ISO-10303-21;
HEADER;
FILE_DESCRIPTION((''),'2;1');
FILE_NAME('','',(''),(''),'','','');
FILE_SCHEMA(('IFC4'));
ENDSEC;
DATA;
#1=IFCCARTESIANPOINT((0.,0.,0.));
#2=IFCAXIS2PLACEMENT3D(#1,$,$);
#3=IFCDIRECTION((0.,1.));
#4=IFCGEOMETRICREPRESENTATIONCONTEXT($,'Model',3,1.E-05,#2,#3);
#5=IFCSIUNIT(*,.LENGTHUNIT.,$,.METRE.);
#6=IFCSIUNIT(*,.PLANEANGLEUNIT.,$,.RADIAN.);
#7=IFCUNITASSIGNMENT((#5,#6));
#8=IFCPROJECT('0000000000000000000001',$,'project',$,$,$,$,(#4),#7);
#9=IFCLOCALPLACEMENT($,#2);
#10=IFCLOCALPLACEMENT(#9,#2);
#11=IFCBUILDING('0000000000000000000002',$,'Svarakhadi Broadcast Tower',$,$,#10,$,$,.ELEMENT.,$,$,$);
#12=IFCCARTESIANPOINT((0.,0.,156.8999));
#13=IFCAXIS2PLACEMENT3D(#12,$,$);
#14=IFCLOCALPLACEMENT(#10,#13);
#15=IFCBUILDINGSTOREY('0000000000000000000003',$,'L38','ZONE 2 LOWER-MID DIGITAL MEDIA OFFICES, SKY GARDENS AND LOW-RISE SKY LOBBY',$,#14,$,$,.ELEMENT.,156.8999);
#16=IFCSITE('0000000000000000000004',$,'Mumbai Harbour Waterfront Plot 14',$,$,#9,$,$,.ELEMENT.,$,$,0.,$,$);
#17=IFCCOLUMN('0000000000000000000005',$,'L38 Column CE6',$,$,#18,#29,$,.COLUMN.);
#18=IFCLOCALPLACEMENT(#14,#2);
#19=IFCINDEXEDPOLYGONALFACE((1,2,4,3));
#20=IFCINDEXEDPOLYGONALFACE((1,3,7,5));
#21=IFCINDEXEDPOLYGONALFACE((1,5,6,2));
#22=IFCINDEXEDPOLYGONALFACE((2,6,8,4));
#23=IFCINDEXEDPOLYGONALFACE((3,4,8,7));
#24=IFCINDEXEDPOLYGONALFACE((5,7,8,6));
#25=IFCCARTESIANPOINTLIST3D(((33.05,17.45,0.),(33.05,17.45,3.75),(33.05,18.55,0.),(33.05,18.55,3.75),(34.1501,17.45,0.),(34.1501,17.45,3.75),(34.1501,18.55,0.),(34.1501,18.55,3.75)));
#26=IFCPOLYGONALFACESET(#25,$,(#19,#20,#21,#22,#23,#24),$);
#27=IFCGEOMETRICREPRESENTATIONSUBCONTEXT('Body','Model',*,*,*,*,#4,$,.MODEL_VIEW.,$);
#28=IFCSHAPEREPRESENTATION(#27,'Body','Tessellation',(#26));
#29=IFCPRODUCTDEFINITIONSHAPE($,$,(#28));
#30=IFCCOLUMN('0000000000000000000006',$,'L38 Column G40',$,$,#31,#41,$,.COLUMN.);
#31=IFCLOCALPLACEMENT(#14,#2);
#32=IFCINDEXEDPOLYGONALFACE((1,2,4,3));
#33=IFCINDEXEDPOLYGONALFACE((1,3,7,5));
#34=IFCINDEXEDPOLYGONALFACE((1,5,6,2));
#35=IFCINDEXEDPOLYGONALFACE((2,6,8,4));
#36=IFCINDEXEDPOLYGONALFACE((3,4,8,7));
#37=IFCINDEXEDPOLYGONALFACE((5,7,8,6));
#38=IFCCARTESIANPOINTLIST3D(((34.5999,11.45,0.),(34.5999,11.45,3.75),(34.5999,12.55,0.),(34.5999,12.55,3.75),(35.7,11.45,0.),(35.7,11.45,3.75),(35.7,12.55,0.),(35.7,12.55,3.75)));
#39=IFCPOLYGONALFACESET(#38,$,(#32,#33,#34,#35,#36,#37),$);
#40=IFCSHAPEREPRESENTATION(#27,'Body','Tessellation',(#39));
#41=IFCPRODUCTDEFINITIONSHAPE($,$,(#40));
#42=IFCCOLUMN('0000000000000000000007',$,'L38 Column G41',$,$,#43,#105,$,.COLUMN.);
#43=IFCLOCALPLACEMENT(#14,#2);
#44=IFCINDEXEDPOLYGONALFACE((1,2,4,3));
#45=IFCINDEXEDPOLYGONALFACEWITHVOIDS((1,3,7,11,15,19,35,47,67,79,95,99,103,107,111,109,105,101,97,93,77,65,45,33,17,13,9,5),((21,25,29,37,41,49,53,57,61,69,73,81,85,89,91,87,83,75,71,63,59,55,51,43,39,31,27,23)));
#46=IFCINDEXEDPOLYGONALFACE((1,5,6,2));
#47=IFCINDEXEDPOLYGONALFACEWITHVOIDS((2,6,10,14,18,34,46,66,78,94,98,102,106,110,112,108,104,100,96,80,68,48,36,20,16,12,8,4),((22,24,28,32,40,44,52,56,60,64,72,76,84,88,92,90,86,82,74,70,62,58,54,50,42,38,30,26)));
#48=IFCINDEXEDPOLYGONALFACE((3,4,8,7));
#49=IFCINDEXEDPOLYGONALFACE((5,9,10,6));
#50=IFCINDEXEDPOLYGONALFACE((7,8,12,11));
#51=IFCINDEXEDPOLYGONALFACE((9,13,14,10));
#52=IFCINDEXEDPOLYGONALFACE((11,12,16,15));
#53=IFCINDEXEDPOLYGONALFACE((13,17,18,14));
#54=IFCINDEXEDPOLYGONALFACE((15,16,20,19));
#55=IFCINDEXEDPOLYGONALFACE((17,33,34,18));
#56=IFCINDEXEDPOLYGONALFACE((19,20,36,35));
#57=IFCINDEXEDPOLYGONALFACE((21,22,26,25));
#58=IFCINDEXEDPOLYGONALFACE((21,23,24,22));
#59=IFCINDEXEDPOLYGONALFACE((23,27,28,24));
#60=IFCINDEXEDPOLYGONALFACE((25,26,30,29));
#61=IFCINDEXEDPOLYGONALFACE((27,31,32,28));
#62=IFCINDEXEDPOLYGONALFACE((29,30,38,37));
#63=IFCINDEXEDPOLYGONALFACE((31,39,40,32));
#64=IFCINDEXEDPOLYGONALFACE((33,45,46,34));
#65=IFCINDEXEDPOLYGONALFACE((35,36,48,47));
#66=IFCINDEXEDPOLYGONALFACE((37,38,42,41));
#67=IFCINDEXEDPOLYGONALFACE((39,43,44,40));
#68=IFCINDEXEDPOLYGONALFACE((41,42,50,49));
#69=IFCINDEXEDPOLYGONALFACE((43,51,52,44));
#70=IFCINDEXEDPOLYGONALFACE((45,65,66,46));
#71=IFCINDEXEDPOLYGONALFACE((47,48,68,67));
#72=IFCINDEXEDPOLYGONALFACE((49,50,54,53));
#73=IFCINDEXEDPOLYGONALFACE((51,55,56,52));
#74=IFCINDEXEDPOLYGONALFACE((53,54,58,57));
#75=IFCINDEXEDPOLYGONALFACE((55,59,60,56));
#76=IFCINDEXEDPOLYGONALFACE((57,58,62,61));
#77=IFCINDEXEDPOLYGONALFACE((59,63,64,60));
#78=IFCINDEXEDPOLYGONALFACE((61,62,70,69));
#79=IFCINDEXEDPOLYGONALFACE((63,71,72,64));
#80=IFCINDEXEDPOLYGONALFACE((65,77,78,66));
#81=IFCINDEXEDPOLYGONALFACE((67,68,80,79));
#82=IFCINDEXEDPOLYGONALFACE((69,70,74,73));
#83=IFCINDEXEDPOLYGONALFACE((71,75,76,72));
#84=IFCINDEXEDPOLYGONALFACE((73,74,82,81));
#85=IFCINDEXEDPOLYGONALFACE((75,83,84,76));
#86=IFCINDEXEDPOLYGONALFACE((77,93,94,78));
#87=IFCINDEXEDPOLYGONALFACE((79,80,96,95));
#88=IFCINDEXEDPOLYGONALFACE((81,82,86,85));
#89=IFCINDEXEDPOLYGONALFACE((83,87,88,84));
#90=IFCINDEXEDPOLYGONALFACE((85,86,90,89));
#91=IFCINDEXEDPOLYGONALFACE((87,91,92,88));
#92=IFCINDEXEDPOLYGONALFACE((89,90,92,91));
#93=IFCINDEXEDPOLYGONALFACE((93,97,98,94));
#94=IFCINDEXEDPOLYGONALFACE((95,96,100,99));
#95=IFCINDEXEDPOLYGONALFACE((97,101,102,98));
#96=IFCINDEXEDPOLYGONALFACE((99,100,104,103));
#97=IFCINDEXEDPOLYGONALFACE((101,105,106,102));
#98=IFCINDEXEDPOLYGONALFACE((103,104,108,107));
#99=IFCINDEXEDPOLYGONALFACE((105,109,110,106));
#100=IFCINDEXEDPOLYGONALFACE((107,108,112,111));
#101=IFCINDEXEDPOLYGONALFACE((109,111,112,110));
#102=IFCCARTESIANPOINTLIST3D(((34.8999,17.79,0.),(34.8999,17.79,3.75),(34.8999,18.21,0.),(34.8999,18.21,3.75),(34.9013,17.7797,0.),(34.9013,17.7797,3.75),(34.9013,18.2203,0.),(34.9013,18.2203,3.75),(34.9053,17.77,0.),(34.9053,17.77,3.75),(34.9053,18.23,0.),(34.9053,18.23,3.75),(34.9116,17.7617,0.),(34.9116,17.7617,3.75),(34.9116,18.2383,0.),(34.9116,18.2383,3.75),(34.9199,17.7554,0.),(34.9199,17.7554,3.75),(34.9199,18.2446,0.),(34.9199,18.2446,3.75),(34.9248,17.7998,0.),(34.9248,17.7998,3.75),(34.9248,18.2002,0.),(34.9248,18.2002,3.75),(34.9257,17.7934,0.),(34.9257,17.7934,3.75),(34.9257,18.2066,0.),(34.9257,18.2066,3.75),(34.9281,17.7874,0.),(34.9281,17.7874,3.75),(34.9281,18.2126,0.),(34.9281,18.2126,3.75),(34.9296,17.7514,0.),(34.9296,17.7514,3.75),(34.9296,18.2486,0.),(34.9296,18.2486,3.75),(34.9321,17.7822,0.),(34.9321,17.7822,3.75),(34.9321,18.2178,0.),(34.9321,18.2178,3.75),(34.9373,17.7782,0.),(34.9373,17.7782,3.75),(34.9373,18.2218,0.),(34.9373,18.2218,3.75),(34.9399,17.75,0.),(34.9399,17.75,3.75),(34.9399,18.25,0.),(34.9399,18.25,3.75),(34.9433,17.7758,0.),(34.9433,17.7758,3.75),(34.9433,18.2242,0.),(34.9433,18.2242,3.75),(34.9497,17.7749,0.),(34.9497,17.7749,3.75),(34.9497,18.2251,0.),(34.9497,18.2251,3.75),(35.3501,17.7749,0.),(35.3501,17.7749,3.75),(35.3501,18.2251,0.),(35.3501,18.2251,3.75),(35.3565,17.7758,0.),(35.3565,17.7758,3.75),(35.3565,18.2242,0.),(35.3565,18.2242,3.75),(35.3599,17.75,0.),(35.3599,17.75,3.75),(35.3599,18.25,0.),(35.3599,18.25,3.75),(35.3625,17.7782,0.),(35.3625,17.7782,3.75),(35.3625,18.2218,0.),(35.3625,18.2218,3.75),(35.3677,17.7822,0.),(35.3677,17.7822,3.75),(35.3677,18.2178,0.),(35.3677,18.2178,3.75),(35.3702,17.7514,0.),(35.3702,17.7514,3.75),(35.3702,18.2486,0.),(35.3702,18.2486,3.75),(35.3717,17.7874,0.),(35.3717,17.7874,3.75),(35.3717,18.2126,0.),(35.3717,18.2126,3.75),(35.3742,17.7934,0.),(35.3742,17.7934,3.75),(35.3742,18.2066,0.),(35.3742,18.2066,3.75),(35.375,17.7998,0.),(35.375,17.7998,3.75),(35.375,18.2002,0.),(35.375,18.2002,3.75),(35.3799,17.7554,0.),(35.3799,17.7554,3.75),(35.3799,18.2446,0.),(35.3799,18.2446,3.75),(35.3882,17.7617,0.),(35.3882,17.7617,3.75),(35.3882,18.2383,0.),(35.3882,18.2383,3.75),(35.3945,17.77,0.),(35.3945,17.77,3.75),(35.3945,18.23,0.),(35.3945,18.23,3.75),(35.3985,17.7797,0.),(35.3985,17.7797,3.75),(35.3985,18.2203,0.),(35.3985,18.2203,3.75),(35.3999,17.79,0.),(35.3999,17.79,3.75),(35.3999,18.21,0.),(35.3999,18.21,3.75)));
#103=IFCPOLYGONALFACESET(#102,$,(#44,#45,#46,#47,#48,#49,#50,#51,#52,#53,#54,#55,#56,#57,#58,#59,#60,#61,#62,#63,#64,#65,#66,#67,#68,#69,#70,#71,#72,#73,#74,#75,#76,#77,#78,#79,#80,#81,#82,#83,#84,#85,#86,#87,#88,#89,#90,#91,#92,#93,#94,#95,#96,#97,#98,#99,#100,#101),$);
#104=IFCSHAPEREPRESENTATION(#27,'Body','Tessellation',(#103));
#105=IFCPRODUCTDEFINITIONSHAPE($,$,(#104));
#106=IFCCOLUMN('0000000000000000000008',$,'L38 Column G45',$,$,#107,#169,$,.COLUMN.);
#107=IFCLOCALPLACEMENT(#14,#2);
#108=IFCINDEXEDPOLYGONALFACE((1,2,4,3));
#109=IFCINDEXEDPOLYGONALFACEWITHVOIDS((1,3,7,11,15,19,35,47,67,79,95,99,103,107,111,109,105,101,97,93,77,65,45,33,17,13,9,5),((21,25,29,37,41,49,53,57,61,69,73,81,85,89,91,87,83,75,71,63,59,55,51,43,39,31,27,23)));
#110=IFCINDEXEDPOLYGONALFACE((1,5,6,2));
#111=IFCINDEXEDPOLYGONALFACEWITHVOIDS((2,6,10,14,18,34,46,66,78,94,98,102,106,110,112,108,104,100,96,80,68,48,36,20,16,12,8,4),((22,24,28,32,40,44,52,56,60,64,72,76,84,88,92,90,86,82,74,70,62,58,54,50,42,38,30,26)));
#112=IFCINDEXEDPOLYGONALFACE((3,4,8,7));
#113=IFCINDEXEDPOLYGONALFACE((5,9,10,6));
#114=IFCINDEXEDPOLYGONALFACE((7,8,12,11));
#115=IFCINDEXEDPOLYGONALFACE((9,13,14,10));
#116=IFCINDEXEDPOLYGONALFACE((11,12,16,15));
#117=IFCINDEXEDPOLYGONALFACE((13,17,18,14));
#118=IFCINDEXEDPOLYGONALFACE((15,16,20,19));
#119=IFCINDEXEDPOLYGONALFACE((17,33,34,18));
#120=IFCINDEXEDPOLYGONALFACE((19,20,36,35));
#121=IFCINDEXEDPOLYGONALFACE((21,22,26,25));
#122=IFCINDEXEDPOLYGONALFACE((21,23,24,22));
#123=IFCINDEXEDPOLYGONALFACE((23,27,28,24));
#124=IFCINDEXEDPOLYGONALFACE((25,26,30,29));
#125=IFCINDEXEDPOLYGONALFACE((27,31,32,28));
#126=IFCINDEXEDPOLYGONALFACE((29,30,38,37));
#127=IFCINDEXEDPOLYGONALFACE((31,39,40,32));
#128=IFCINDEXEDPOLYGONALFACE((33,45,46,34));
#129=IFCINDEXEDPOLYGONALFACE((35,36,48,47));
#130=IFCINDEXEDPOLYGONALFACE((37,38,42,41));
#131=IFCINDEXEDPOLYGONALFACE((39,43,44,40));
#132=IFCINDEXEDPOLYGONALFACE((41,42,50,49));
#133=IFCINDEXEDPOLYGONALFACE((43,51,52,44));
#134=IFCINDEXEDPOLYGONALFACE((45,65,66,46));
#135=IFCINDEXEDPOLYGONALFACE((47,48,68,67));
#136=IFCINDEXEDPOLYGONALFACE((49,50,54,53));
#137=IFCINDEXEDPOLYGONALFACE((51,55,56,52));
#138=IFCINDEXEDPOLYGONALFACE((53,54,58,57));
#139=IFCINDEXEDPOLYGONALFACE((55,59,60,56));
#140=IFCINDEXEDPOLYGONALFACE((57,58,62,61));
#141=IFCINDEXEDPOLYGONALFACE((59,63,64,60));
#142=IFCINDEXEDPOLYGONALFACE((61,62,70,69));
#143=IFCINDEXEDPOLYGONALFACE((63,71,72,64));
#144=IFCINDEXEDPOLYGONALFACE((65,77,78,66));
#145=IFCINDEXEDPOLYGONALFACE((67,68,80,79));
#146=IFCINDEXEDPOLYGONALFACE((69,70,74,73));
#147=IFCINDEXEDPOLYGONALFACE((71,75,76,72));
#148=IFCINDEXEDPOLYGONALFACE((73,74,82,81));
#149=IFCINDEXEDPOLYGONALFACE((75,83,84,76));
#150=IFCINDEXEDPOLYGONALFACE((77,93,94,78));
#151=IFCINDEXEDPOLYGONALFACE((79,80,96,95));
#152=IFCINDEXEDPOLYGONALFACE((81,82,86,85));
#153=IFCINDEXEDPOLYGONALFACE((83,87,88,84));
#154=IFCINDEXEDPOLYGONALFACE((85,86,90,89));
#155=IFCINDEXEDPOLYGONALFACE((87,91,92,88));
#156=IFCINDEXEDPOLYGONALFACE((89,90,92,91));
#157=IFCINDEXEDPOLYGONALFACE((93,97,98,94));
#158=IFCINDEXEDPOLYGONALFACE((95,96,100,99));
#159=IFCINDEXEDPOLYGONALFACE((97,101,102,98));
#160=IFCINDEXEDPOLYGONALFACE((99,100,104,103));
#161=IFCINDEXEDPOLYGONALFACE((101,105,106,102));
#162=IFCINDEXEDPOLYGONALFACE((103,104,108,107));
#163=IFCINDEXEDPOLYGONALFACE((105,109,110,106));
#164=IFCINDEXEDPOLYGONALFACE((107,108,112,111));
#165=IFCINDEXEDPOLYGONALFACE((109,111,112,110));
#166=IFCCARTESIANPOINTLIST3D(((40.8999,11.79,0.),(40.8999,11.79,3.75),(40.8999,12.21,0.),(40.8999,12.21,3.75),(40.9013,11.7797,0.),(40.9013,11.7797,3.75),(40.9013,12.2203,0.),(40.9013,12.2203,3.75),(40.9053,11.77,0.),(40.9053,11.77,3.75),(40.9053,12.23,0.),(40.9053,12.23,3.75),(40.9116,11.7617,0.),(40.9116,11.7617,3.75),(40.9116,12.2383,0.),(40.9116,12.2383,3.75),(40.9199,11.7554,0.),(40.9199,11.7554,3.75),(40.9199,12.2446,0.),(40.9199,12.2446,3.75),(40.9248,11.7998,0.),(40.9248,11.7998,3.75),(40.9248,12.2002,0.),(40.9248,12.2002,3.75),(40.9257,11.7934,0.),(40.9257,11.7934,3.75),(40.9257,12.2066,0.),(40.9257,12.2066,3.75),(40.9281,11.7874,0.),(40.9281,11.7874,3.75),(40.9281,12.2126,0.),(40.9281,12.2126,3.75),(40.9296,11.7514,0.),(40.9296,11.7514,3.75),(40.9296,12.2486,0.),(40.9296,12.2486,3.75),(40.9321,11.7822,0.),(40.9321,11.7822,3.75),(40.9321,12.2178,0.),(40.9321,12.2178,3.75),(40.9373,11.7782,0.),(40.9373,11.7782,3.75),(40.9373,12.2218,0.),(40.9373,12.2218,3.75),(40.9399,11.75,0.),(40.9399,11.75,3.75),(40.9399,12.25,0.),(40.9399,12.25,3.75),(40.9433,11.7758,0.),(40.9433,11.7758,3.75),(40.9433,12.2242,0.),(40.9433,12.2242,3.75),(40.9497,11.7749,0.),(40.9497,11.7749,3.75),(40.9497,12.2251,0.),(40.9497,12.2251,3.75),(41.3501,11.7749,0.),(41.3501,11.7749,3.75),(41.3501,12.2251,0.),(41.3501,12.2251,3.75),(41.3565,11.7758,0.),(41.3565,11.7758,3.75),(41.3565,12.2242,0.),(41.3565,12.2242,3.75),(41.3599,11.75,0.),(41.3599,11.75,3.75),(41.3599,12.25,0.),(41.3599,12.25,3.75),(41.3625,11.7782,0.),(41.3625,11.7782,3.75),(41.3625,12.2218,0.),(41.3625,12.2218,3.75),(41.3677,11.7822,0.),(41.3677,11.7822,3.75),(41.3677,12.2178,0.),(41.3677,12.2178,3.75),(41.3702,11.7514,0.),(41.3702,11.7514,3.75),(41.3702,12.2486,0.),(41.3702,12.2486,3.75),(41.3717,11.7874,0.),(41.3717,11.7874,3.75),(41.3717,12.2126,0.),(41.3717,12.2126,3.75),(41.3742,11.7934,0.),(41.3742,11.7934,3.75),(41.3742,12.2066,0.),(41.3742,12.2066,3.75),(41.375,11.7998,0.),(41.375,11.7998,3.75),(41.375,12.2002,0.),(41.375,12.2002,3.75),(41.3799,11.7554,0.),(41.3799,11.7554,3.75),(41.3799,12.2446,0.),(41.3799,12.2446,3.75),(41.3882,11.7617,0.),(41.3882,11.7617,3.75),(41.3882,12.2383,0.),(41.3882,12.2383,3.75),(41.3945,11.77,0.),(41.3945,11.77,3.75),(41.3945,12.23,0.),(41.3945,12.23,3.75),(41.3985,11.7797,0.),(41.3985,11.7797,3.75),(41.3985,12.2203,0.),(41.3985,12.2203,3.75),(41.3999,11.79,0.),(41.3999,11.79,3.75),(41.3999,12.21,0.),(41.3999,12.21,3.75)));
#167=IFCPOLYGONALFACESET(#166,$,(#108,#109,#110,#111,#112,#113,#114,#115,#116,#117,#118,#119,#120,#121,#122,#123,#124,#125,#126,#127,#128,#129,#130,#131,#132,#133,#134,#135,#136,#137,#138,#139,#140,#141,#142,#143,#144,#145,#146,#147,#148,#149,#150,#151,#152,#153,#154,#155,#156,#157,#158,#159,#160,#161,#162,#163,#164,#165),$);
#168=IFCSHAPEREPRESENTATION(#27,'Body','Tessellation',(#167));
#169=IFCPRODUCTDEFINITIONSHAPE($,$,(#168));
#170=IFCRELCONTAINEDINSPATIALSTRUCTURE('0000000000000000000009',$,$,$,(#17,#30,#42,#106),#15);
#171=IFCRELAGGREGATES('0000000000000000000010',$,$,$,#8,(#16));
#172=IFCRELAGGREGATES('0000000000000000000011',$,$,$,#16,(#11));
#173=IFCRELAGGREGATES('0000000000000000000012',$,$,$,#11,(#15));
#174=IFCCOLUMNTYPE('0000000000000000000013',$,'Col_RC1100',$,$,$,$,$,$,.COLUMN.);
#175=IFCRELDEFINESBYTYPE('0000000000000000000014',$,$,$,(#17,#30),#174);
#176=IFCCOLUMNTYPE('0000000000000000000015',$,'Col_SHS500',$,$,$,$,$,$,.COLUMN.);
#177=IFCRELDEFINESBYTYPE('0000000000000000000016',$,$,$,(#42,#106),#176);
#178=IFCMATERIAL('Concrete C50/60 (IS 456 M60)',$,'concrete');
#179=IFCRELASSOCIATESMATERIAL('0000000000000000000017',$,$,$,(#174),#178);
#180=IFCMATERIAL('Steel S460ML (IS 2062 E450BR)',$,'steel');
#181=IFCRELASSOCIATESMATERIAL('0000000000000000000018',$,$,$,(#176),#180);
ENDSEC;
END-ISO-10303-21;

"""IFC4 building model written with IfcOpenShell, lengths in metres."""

from ifc_helpers import new_model, si_unit, direction, frame, origin, origin_2d, place, context, subcontext, project, spatial, rectangle, hollow_rectangle, extrude, material, material_profile, profile_set, type_object, element, save


model = new_model("IFC4")

# Units and contexts
model_context = context("Model", 3, precision=1e-05, world=origin(), true_north=direction((0.0, 1.0)))
body_context = subcontext(model_context, "Body", "Model", "MODEL_VIEW")
ifc_project = project(units=[si_unit("LENGTHUNIT", "METRE"), si_unit("PLANEANGLEUNIT", "RADIAN")], contexts=[model_context])

# Site, building, storey
site_placement = place(None, origin())
site = spatial("IfcSite", under=ifc_project, at=site_placement, Name="Mumbai Harbour Waterfront Plot 14", CompositionType="ELEMENT", RefElevation=0.0)
building_placement = place(site_placement, origin())
building = spatial("IfcBuilding", under=site, at=building_placement, Name="Svarakhadi Broadcast Tower", CompositionType="ELEMENT")
storey_placement = place(building_placement, frame((0.0, 0.0, 156.8999)))
storey = spatial("IfcBuildingStorey", under=building, at=storey_placement, Name="L38", Description="ZONE 2 LOWER-MID DIGITAL MEDIA OFFICES, SKY GARDENS AND LOW-RISE SKY LOBBY", CompositionType="ELEMENT", Elevation=156.8999)

# Columns
ifc_material_1 = material(Name="Concrete C50/60 (IS 456 M60)", Category="concrete")
ifc_material_profile_1 = material_profile(ifc_material_1, rectangle(XDim=1.1001, YDim=1.1001, at=origin_2d()), Name="RC 1100x1100")
ifc_profile_set_1 = profile_set([ifc_material_profile_1], Name="Concrete C50/60 (IS 456 M60)")
column_type_1 = type_object("IfcColumnType", Name="Col_RC1100", PredefinedType="COLUMN", material=ifc_profile_set_1)
for number, where, z_axis, x_axis, name in (
    (1, (33.6001, 18.0, 0.0), (0.0, 0.0, 1.0), (1.0, 0.0, 0.0), "L38 Column CE6"),
    (2, (35.1499, 12.0, 0.0), (0.0, 0.0, 1.0), (1.0, 0.0, 0.0), "L38 Column G40"),
):
    element("IfcColumn", number, at=place(storey_placement, frame(where, z_axis=z_axis, x_axis=x_axis)), inside=storey, type_object=column_type_1, Name=name, PredefinedType="COLUMN", context=body_context, shape_type="SweptSolid", body=[
        extrude(rectangle(XDim=1.1001, YDim=1.1001, at=origin_2d()), origin(), (0.0, 0.0, 1.0), 3.75),
    ])
ifc_material_2 = material(Name="Steel S460ML (IS 2062 E450BR)", Category="steel")
ifc_material_profile_2 = material_profile(ifc_material_2, hollow_rectangle(XDim=0.5, YDim=0.5, WallThickness=0.0249, InnerFilletRadius=0.0249, OuterFilletRadius=0.04, at=origin_2d()), Name="SHS 500x500x25")
ifc_profile_set_2 = profile_set([ifc_material_profile_2], Name="Steel S460ML (IS 2062 E450BR)")
column_type_2 = type_object("IfcColumnType", Name="Col_SHS500", PredefinedType="COLUMN", material=ifc_profile_set_2)
for number, where, z_axis, x_axis, name in (
    (3, (35.1499, 18.0, 0.0), (0.0, 0.0, 1.0), (1.0, 0.0, 0.0), "L38 Column G41"),
    (4, (41.1499, 12.0, 0.0), (0.0, 0.0, 1.0), (1.0, 0.0, 0.0), "L38 Column G45"),
):
    element("IfcColumn", number, at=place(storey_placement, frame(where, z_axis=z_axis, x_axis=x_axis)), inside=storey, type_object=column_type_2, Name=name, PredefinedType="COLUMN", context=body_context, shape_type="SweptSolid", body=[
        extrude(hollow_rectangle(XDim=0.5, YDim=0.5, WallThickness=0.0249, InnerFilletRadius=0.0249, OuterFilletRadius=0.04, at=origin_2d()), origin(), (0.0, 0.0, 1.0), 3.75),
    ])

save(model, "model.ifc")
